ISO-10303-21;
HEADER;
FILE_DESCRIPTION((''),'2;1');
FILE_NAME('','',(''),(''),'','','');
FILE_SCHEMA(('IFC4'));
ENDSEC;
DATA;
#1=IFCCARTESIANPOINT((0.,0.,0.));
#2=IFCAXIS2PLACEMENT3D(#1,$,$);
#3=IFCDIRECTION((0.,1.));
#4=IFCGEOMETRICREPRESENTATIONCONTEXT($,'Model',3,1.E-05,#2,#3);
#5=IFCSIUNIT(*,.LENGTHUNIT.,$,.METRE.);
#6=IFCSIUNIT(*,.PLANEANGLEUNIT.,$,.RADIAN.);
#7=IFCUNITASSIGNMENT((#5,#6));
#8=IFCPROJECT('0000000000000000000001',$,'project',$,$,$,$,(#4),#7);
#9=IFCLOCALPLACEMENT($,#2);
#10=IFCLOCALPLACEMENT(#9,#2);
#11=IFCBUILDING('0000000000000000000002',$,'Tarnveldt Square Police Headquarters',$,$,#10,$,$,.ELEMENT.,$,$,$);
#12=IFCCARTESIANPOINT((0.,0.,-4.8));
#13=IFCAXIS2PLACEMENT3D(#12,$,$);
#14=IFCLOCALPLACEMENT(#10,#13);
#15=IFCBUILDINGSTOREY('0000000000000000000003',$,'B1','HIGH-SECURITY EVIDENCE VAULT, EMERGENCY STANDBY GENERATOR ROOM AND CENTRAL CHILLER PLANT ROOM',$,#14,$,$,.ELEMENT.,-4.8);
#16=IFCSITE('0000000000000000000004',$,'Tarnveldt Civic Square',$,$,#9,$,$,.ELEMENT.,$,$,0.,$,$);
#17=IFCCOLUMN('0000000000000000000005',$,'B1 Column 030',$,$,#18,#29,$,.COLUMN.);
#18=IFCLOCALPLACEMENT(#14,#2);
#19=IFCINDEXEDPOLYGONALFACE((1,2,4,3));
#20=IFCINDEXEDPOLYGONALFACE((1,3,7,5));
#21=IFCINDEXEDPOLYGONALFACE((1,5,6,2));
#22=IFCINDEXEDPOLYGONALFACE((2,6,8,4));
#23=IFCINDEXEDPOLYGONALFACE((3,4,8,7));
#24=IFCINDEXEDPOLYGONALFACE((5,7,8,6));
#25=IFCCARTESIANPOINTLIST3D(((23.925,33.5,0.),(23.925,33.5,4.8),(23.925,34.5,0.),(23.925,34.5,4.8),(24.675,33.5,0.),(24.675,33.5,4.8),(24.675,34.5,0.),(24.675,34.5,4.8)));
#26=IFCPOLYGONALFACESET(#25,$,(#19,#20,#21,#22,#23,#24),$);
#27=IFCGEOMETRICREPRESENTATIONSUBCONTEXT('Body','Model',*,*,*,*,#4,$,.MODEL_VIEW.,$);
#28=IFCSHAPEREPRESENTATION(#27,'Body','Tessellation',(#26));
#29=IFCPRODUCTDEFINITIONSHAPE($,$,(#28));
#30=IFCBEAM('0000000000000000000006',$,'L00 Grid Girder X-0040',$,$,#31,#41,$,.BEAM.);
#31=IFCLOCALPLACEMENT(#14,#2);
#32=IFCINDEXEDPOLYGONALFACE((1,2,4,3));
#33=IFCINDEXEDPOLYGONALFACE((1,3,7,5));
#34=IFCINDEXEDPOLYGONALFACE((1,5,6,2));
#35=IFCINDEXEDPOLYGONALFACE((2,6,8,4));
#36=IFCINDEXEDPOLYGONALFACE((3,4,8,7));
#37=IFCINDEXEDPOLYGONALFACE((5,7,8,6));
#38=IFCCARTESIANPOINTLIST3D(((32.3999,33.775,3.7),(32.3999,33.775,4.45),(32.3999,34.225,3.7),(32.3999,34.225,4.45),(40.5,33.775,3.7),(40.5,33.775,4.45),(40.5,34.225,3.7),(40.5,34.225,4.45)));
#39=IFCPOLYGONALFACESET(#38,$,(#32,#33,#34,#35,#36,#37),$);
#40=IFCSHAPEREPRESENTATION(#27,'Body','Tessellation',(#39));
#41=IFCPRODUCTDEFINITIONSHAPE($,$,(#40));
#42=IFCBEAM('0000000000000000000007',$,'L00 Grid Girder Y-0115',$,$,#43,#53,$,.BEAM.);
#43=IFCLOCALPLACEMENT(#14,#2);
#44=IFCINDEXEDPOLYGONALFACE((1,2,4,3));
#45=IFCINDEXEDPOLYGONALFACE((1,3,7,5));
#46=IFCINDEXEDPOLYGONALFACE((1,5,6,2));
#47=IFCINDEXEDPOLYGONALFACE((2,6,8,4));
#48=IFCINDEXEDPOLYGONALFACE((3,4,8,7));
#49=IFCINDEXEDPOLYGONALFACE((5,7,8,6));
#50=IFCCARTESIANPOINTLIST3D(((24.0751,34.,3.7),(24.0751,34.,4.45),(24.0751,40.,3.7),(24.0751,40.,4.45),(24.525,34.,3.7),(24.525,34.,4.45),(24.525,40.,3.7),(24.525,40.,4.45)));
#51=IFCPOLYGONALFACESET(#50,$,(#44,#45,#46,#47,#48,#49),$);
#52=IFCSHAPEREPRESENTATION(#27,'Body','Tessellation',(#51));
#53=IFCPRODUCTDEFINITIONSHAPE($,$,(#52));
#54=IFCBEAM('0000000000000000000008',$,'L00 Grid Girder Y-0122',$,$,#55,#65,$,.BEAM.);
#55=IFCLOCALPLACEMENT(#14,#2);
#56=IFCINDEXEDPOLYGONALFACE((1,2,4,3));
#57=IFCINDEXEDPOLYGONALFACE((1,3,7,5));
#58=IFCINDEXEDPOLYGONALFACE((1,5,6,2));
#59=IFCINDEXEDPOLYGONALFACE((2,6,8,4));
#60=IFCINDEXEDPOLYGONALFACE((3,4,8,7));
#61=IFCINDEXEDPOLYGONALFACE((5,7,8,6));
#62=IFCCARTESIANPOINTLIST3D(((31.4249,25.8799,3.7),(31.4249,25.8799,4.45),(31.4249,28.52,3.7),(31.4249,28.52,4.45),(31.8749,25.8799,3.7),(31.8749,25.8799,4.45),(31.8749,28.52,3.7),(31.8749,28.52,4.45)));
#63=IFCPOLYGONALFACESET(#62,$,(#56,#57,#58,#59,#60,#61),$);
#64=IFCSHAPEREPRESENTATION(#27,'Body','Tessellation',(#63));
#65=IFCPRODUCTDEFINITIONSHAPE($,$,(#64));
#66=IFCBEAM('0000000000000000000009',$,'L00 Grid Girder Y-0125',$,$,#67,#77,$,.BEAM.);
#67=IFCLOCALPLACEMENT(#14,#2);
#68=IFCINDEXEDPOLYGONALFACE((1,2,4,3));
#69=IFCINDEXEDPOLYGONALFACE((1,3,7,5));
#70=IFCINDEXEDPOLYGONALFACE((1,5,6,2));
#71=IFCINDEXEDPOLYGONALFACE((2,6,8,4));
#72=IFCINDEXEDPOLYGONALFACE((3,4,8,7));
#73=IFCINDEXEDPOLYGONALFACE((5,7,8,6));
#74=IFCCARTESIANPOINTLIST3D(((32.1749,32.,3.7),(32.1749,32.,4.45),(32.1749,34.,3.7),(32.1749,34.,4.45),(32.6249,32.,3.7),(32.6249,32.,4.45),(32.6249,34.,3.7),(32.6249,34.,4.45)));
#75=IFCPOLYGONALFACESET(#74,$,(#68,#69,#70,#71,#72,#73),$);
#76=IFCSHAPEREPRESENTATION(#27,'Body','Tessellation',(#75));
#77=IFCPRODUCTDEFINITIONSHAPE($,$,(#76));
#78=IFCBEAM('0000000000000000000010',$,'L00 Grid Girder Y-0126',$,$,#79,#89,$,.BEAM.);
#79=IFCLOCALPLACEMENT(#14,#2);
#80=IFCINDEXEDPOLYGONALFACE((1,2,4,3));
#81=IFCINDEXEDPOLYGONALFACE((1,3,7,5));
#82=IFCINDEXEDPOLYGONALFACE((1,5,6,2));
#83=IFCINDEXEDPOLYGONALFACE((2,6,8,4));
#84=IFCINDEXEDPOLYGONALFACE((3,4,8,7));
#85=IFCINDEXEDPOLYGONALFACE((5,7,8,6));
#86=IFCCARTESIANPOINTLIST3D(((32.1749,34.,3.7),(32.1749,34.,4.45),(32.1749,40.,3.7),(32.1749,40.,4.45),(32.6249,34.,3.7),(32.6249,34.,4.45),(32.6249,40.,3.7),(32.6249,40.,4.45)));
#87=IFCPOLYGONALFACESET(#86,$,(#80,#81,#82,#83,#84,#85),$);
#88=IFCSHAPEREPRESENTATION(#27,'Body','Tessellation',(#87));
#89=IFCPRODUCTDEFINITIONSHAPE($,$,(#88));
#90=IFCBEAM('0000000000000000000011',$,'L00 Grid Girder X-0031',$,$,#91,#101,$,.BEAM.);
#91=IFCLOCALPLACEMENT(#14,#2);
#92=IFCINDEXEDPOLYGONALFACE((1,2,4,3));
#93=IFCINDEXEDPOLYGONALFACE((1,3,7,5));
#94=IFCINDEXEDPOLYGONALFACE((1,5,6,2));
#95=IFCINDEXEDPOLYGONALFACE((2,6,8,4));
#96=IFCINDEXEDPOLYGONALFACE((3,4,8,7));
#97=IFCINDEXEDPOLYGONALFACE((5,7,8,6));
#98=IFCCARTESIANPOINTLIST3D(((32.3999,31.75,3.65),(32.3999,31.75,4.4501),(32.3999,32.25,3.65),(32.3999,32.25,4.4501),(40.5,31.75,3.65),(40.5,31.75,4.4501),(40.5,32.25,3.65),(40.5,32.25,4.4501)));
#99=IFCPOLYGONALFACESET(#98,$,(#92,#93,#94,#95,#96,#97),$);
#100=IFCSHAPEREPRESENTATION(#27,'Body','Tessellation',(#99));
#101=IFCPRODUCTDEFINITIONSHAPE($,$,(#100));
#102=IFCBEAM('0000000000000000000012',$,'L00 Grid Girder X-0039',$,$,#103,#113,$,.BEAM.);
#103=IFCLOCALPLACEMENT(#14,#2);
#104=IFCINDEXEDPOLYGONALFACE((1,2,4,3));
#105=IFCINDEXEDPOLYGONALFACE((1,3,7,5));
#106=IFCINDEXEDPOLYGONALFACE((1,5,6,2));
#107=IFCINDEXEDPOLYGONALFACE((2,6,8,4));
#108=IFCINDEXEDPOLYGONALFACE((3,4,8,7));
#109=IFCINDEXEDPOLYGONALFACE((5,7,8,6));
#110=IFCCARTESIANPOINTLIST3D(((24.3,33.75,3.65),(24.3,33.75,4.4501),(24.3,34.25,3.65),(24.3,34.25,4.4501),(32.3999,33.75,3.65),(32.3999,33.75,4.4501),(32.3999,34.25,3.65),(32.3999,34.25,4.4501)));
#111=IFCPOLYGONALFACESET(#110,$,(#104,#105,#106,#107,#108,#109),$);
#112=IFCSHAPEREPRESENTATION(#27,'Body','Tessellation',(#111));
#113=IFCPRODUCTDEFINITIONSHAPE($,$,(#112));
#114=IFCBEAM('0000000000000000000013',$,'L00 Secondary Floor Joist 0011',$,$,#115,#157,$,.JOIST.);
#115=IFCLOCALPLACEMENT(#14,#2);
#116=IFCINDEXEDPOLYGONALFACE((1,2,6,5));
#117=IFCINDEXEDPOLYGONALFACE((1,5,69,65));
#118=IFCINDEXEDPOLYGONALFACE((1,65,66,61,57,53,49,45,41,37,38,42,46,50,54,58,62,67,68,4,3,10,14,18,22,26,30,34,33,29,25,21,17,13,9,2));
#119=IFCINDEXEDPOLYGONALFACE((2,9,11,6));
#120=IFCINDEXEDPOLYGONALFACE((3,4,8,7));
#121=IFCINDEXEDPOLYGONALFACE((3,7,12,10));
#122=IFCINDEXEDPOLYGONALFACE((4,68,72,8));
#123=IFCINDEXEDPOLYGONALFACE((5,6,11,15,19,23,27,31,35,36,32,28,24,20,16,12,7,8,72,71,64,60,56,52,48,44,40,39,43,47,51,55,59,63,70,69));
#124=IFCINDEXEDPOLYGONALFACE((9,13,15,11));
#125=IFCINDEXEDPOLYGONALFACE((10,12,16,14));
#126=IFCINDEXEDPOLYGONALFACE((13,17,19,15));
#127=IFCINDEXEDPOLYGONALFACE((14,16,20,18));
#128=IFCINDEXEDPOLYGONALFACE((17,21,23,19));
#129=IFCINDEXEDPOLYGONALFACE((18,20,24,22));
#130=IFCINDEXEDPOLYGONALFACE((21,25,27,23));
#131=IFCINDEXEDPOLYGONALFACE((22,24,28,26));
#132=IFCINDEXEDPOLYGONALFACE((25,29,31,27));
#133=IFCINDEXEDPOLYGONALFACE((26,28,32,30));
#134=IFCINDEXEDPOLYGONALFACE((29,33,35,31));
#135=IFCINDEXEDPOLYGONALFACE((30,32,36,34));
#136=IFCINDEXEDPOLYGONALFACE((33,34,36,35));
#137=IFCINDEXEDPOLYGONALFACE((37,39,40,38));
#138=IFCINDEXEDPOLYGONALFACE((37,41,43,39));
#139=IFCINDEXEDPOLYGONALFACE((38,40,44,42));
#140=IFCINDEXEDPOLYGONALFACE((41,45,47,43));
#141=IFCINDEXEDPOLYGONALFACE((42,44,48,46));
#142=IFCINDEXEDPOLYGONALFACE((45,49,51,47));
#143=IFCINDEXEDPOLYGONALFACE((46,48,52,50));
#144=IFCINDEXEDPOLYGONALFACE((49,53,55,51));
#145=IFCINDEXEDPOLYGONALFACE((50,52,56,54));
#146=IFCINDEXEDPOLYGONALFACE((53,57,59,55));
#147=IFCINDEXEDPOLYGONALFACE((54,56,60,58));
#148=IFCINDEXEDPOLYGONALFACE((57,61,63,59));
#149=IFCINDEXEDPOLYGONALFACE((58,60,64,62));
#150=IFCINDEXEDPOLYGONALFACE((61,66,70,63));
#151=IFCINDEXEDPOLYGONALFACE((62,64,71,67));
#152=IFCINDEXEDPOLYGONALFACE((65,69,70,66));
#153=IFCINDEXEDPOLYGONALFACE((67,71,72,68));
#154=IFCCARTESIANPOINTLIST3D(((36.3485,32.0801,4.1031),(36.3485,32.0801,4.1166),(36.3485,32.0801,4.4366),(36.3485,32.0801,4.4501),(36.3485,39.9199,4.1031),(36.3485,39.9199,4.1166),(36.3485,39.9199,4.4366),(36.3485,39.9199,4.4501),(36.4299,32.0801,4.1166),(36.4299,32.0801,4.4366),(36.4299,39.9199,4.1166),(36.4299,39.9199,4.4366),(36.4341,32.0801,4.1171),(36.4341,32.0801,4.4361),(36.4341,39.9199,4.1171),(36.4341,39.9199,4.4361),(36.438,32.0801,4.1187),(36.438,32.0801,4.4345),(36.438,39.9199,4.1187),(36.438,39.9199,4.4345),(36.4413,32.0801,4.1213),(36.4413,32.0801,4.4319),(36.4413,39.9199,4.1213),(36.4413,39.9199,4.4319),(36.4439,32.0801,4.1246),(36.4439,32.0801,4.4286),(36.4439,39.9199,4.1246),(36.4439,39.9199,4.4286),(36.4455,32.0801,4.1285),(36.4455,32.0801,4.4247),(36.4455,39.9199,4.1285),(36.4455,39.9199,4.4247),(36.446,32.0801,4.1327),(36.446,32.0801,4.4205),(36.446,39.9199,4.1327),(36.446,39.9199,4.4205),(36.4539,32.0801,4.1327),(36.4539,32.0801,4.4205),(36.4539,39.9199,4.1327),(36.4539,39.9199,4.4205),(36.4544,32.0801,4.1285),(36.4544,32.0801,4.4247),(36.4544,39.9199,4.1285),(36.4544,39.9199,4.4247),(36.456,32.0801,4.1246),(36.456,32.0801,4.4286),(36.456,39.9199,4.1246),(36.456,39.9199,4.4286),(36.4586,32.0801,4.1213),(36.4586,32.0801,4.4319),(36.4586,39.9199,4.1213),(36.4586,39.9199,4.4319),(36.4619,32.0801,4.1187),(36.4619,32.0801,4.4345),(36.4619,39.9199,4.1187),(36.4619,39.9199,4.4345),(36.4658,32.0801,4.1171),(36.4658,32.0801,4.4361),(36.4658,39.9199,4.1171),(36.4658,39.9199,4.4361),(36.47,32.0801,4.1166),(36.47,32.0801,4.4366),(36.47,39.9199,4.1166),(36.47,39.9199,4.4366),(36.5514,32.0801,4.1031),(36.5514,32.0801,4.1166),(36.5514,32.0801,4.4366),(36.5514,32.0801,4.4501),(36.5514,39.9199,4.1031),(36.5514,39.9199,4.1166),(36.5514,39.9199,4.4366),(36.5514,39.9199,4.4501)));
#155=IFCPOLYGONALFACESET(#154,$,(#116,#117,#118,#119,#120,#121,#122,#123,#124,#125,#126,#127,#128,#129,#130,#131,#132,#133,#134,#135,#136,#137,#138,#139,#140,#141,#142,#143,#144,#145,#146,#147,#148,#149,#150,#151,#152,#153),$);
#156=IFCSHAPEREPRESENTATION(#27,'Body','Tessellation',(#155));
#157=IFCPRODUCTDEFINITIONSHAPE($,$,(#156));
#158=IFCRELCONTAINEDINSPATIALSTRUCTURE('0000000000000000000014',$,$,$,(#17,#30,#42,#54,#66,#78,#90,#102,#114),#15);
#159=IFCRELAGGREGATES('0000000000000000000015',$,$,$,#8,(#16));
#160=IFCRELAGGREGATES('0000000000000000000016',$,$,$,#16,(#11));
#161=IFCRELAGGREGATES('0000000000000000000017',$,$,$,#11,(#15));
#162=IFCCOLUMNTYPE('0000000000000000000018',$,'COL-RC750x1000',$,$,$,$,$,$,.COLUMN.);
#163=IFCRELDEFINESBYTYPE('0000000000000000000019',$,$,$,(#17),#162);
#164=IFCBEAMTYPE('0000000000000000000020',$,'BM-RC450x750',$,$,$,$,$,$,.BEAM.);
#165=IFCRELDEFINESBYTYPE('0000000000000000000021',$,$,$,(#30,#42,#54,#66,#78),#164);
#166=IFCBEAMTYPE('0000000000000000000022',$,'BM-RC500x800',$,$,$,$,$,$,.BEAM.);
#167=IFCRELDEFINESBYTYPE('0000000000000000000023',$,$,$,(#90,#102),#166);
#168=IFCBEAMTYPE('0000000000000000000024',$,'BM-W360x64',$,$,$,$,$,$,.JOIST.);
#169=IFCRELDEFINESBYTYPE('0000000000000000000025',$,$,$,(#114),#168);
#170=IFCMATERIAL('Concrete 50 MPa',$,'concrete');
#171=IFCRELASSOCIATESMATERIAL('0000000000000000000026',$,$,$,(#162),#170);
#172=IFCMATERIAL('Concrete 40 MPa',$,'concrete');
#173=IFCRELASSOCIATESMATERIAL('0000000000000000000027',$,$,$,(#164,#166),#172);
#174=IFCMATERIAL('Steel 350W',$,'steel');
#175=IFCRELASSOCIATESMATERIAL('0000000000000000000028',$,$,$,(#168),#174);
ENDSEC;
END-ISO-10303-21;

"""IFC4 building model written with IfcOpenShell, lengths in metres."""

from ifc_helpers import new_model, si_unit, direction, frame, origin, origin_2d, place, context, subcontext, project, spatial, rectangle, i_section, extrude, material, material_profile, profile_set, type_object, element, save


model = new_model("IFC4")

# Units and contexts
model_context = context("Model", 3, precision=1e-05, world=origin(), true_north=direction((0.0, 1.0)))
body_context = subcontext(model_context, "Body", "Model", "MODEL_VIEW")
ifc_project = project(units=[si_unit("LENGTHUNIT", "METRE"), si_unit("PLANEANGLEUNIT", "RADIAN")], contexts=[model_context])

# Site, building, storey
site_placement = place(None, origin())
site = spatial("IfcSite", under=ifc_project, at=site_placement, Name="Tarnveldt Civic Square", CompositionType="ELEMENT", RefElevation=0.0)
building_placement = place(site_placement, origin())
building = spatial("IfcBuilding", under=site, at=building_placement, Name="Tarnveldt Square Police Headquarters", CompositionType="ELEMENT")
storey_placement = place(building_placement, frame((0.0, 0.0, -4.8)))
storey = spatial("IfcBuildingStorey", under=building, at=storey_placement, Name="B1", Description="HIGH-SECURITY EVIDENCE VAULT, EMERGENCY STANDBY GENERATOR ROOM AND CENTRAL CHILLER PLANT ROOM", CompositionType="ELEMENT", Elevation=-4.8)

# Column
ifc_material_1 = material(Name="Concrete 50 MPa", Category="concrete")
ifc_material_profile_1 = material_profile(ifc_material_1, rectangle(XDim=0.75, YDim=1.0, at=origin_2d()), Name="RC-C750x1000")
ifc_profile_set_1 = profile_set([ifc_material_profile_1], Name="Concrete 50 MPa")
column_type_1 = type_object("IfcColumnType", Name="COL-RC750x1000", PredefinedType="COLUMN", material=ifc_profile_set_1)
column_1_placement = place(storey_placement, frame((24.3, 34.0, 0.0), z_axis=(0.0, 0.0, 1.0), x_axis=(1.0, 0.0, 0.0)))
element("IfcColumn", 1, at=column_1_placement, inside=storey, type_object=column_type_1, Name="B1 Column 030", PredefinedType="COLUMN", context=body_context, shape_type="SweptSolid", body=[
    extrude(rectangle(XDim=0.75, YDim=1.0, at=origin_2d()), origin(), (0.0, 0.0, 1.0), 4.8),
])

# Beams
ifc_material_2 = material(Name="Concrete 40 MPa", Category="concrete")
ifc_material_profile_2 = material_profile(ifc_material_2, rectangle(XDim=0.45, YDim=0.75, at=origin_2d()), Name="RC-B450x750")
ifc_profile_set_2 = profile_set([ifc_material_profile_2], Name="Concrete 40 MPa")
beam_type_1 = type_object("IfcBeamType", Name="BM-RC450x750", PredefinedType="BEAM", material=ifc_profile_set_2)
beam_1_placement = place(storey_placement, frame((32.3999, 34.0, 4.075), z_axis=(1.0, 0.0, 0.0), x_axis=(0.0, 1.0, 0.0)))
element("IfcBeam", 2, at=beam_1_placement, inside=storey, type_object=beam_type_1, Name="L00 Grid Girder X-0040", PredefinedType="BEAM", context=body_context, shape_type="SweptSolid", body=[
    extrude(rectangle(XDim=0.45, YDim=0.75, at=origin_2d()), origin(), (0.0, 0.0, 1.0), 8.1001),
])
beam_2_placement = place(storey_placement, frame((24.3, 34.0, 4.075), z_axis=(0.0, 1.0, 0.0), x_axis=(-1.0, 0.0, 0.0)))
element("IfcBeam", 3, at=beam_2_placement, inside=storey, type_object=beam_type_1, Name="L00 Grid Girder Y-0115", PredefinedType="BEAM", context=body_context, shape_type="SweptSolid", body=[
    extrude(rectangle(XDim=0.45, YDim=0.75, at=origin_2d()), origin(), (0.0, 0.0, 1.0), 6.0),
])
beam_3_placement = place(storey_placement, frame((31.6499, 25.8799, 4.075), z_axis=(0.0, 1.0, 0.0), x_axis=(-1.0, 0.0, 0.0)))
element("IfcBeam", 4, at=beam_3_placement, inside=storey, type_object=beam_type_1, Name="L00 Grid Girder Y-0122", PredefinedType="BEAM", context=body_context, shape_type="SweptSolid", body=[
    extrude(rectangle(XDim=0.45, YDim=0.75, at=origin_2d()), origin(), (0.0, 0.0, 1.0), 2.6401),
])
beam_4_placement = place(storey_placement, frame((32.3999, 32.0, 4.075), z_axis=(0.0, 1.0, 0.0), x_axis=(-1.0, 0.0, 0.0)))
element("IfcBeam", 5, at=beam_4_placement, inside=storey, type_object=beam_type_1, Name="L00 Grid Girder Y-0125", PredefinedType="BEAM", context=body_context, shape_type="SweptSolid", body=[
    extrude(rectangle(XDim=0.45, YDim=0.75, at=origin_2d()), origin(), (0.0, 0.0, 1.0), 2.0),
])
beam_5_placement = place(storey_placement, frame((32.3999, 34.0, 4.075), z_axis=(0.0, 1.0, 0.0), x_axis=(-1.0, 0.0, 0.0)))
element("IfcBeam", 6, at=beam_5_placement, inside=storey, type_object=beam_type_1, Name="L00 Grid Girder Y-0126", PredefinedType="BEAM", context=body_context, shape_type="SweptSolid", body=[
    extrude(rectangle(XDim=0.45, YDim=0.75, at=origin_2d()), origin(), (0.0, 0.0, 1.0), 6.0),
])
ifc_material_profile_3 = material_profile(ifc_material_2, rectangle(XDim=0.5, YDim=0.8, at=origin_2d()), Name="RC-B500x800")
ifc_profile_set_3 = profile_set([ifc_material_profile_3], Name="Concrete 40 MPa")
beam_type_2 = type_object("IfcBeamType", Name="BM-RC500x800", PredefinedType="BEAM", material=ifc_profile_set_3)
beam_6_placement = place(storey_placement, frame((32.3999, 32.0, 4.05), z_axis=(1.0, 0.0, 0.0), x_axis=(0.0, 1.0, 0.0)))
element("IfcBeam", 7, at=beam_6_placement, inside=storey, type_object=beam_type_2, Name="L00 Grid Girder X-0031", PredefinedType="BEAM", context=body_context, shape_type="SweptSolid", body=[
    extrude(rectangle(XDim=0.5, YDim=0.8, at=origin_2d()), origin(), (0.0, 0.0, 1.0), 8.1001),
])
beam_7_placement = place(storey_placement, frame((24.3, 34.0, 4.05), z_axis=(1.0, 0.0, 0.0), x_axis=(0.0, 1.0, 0.0)))
element("IfcBeam", 8, at=beam_7_placement, inside=storey, type_object=beam_type_2, Name="L00 Grid Girder X-0039", PredefinedType="BEAM", context=body_context, shape_type="SweptSolid", body=[
    extrude(rectangle(XDim=0.5, YDim=0.8, at=origin_2d()), origin(), (0.0, 0.0, 1.0), 8.0999),
])
ifc_material_3 = material(Name="Steel 350W", Category="steel")
ifc_material_profile_4 = material_profile(ifc_material_3, i_section(OverallWidth=0.2029, OverallDepth=0.3469, WebThickness=0.0078, FlangeThickness=0.0134, FilletRadius=0.0161, at=origin_2d()), Name="W360x64")
ifc_profile_set_4 = profile_set([ifc_material_profile_4], Name="Steel 350W")
beam_type_3 = type_object("IfcBeamType", Name="BM-W360x64", PredefinedType="JOIST", material=ifc_profile_set_4)
beam_8_placement = place(storey_placement, frame((36.45, 32.0801, 4.2766), z_axis=(0.0, 1.0, 0.0), x_axis=(-1.0, 0.0, 0.0)))
element("IfcBeam", 9, at=beam_8_placement, inside=storey, type_object=beam_type_3, Name="L00 Secondary Floor Joist 0011", PredefinedType="JOIST", context=body_context, shape_type="SweptSolid", body=[
    extrude(i_section(OverallWidth=0.2029, OverallDepth=0.3469, WebThickness=0.0078, FlangeThickness=0.0134, FilletRadius=0.0161, at=origin_2d()), origin(), (0.0, 0.0, 1.0), 7.8398),
])

save(model, "model.ifc")
